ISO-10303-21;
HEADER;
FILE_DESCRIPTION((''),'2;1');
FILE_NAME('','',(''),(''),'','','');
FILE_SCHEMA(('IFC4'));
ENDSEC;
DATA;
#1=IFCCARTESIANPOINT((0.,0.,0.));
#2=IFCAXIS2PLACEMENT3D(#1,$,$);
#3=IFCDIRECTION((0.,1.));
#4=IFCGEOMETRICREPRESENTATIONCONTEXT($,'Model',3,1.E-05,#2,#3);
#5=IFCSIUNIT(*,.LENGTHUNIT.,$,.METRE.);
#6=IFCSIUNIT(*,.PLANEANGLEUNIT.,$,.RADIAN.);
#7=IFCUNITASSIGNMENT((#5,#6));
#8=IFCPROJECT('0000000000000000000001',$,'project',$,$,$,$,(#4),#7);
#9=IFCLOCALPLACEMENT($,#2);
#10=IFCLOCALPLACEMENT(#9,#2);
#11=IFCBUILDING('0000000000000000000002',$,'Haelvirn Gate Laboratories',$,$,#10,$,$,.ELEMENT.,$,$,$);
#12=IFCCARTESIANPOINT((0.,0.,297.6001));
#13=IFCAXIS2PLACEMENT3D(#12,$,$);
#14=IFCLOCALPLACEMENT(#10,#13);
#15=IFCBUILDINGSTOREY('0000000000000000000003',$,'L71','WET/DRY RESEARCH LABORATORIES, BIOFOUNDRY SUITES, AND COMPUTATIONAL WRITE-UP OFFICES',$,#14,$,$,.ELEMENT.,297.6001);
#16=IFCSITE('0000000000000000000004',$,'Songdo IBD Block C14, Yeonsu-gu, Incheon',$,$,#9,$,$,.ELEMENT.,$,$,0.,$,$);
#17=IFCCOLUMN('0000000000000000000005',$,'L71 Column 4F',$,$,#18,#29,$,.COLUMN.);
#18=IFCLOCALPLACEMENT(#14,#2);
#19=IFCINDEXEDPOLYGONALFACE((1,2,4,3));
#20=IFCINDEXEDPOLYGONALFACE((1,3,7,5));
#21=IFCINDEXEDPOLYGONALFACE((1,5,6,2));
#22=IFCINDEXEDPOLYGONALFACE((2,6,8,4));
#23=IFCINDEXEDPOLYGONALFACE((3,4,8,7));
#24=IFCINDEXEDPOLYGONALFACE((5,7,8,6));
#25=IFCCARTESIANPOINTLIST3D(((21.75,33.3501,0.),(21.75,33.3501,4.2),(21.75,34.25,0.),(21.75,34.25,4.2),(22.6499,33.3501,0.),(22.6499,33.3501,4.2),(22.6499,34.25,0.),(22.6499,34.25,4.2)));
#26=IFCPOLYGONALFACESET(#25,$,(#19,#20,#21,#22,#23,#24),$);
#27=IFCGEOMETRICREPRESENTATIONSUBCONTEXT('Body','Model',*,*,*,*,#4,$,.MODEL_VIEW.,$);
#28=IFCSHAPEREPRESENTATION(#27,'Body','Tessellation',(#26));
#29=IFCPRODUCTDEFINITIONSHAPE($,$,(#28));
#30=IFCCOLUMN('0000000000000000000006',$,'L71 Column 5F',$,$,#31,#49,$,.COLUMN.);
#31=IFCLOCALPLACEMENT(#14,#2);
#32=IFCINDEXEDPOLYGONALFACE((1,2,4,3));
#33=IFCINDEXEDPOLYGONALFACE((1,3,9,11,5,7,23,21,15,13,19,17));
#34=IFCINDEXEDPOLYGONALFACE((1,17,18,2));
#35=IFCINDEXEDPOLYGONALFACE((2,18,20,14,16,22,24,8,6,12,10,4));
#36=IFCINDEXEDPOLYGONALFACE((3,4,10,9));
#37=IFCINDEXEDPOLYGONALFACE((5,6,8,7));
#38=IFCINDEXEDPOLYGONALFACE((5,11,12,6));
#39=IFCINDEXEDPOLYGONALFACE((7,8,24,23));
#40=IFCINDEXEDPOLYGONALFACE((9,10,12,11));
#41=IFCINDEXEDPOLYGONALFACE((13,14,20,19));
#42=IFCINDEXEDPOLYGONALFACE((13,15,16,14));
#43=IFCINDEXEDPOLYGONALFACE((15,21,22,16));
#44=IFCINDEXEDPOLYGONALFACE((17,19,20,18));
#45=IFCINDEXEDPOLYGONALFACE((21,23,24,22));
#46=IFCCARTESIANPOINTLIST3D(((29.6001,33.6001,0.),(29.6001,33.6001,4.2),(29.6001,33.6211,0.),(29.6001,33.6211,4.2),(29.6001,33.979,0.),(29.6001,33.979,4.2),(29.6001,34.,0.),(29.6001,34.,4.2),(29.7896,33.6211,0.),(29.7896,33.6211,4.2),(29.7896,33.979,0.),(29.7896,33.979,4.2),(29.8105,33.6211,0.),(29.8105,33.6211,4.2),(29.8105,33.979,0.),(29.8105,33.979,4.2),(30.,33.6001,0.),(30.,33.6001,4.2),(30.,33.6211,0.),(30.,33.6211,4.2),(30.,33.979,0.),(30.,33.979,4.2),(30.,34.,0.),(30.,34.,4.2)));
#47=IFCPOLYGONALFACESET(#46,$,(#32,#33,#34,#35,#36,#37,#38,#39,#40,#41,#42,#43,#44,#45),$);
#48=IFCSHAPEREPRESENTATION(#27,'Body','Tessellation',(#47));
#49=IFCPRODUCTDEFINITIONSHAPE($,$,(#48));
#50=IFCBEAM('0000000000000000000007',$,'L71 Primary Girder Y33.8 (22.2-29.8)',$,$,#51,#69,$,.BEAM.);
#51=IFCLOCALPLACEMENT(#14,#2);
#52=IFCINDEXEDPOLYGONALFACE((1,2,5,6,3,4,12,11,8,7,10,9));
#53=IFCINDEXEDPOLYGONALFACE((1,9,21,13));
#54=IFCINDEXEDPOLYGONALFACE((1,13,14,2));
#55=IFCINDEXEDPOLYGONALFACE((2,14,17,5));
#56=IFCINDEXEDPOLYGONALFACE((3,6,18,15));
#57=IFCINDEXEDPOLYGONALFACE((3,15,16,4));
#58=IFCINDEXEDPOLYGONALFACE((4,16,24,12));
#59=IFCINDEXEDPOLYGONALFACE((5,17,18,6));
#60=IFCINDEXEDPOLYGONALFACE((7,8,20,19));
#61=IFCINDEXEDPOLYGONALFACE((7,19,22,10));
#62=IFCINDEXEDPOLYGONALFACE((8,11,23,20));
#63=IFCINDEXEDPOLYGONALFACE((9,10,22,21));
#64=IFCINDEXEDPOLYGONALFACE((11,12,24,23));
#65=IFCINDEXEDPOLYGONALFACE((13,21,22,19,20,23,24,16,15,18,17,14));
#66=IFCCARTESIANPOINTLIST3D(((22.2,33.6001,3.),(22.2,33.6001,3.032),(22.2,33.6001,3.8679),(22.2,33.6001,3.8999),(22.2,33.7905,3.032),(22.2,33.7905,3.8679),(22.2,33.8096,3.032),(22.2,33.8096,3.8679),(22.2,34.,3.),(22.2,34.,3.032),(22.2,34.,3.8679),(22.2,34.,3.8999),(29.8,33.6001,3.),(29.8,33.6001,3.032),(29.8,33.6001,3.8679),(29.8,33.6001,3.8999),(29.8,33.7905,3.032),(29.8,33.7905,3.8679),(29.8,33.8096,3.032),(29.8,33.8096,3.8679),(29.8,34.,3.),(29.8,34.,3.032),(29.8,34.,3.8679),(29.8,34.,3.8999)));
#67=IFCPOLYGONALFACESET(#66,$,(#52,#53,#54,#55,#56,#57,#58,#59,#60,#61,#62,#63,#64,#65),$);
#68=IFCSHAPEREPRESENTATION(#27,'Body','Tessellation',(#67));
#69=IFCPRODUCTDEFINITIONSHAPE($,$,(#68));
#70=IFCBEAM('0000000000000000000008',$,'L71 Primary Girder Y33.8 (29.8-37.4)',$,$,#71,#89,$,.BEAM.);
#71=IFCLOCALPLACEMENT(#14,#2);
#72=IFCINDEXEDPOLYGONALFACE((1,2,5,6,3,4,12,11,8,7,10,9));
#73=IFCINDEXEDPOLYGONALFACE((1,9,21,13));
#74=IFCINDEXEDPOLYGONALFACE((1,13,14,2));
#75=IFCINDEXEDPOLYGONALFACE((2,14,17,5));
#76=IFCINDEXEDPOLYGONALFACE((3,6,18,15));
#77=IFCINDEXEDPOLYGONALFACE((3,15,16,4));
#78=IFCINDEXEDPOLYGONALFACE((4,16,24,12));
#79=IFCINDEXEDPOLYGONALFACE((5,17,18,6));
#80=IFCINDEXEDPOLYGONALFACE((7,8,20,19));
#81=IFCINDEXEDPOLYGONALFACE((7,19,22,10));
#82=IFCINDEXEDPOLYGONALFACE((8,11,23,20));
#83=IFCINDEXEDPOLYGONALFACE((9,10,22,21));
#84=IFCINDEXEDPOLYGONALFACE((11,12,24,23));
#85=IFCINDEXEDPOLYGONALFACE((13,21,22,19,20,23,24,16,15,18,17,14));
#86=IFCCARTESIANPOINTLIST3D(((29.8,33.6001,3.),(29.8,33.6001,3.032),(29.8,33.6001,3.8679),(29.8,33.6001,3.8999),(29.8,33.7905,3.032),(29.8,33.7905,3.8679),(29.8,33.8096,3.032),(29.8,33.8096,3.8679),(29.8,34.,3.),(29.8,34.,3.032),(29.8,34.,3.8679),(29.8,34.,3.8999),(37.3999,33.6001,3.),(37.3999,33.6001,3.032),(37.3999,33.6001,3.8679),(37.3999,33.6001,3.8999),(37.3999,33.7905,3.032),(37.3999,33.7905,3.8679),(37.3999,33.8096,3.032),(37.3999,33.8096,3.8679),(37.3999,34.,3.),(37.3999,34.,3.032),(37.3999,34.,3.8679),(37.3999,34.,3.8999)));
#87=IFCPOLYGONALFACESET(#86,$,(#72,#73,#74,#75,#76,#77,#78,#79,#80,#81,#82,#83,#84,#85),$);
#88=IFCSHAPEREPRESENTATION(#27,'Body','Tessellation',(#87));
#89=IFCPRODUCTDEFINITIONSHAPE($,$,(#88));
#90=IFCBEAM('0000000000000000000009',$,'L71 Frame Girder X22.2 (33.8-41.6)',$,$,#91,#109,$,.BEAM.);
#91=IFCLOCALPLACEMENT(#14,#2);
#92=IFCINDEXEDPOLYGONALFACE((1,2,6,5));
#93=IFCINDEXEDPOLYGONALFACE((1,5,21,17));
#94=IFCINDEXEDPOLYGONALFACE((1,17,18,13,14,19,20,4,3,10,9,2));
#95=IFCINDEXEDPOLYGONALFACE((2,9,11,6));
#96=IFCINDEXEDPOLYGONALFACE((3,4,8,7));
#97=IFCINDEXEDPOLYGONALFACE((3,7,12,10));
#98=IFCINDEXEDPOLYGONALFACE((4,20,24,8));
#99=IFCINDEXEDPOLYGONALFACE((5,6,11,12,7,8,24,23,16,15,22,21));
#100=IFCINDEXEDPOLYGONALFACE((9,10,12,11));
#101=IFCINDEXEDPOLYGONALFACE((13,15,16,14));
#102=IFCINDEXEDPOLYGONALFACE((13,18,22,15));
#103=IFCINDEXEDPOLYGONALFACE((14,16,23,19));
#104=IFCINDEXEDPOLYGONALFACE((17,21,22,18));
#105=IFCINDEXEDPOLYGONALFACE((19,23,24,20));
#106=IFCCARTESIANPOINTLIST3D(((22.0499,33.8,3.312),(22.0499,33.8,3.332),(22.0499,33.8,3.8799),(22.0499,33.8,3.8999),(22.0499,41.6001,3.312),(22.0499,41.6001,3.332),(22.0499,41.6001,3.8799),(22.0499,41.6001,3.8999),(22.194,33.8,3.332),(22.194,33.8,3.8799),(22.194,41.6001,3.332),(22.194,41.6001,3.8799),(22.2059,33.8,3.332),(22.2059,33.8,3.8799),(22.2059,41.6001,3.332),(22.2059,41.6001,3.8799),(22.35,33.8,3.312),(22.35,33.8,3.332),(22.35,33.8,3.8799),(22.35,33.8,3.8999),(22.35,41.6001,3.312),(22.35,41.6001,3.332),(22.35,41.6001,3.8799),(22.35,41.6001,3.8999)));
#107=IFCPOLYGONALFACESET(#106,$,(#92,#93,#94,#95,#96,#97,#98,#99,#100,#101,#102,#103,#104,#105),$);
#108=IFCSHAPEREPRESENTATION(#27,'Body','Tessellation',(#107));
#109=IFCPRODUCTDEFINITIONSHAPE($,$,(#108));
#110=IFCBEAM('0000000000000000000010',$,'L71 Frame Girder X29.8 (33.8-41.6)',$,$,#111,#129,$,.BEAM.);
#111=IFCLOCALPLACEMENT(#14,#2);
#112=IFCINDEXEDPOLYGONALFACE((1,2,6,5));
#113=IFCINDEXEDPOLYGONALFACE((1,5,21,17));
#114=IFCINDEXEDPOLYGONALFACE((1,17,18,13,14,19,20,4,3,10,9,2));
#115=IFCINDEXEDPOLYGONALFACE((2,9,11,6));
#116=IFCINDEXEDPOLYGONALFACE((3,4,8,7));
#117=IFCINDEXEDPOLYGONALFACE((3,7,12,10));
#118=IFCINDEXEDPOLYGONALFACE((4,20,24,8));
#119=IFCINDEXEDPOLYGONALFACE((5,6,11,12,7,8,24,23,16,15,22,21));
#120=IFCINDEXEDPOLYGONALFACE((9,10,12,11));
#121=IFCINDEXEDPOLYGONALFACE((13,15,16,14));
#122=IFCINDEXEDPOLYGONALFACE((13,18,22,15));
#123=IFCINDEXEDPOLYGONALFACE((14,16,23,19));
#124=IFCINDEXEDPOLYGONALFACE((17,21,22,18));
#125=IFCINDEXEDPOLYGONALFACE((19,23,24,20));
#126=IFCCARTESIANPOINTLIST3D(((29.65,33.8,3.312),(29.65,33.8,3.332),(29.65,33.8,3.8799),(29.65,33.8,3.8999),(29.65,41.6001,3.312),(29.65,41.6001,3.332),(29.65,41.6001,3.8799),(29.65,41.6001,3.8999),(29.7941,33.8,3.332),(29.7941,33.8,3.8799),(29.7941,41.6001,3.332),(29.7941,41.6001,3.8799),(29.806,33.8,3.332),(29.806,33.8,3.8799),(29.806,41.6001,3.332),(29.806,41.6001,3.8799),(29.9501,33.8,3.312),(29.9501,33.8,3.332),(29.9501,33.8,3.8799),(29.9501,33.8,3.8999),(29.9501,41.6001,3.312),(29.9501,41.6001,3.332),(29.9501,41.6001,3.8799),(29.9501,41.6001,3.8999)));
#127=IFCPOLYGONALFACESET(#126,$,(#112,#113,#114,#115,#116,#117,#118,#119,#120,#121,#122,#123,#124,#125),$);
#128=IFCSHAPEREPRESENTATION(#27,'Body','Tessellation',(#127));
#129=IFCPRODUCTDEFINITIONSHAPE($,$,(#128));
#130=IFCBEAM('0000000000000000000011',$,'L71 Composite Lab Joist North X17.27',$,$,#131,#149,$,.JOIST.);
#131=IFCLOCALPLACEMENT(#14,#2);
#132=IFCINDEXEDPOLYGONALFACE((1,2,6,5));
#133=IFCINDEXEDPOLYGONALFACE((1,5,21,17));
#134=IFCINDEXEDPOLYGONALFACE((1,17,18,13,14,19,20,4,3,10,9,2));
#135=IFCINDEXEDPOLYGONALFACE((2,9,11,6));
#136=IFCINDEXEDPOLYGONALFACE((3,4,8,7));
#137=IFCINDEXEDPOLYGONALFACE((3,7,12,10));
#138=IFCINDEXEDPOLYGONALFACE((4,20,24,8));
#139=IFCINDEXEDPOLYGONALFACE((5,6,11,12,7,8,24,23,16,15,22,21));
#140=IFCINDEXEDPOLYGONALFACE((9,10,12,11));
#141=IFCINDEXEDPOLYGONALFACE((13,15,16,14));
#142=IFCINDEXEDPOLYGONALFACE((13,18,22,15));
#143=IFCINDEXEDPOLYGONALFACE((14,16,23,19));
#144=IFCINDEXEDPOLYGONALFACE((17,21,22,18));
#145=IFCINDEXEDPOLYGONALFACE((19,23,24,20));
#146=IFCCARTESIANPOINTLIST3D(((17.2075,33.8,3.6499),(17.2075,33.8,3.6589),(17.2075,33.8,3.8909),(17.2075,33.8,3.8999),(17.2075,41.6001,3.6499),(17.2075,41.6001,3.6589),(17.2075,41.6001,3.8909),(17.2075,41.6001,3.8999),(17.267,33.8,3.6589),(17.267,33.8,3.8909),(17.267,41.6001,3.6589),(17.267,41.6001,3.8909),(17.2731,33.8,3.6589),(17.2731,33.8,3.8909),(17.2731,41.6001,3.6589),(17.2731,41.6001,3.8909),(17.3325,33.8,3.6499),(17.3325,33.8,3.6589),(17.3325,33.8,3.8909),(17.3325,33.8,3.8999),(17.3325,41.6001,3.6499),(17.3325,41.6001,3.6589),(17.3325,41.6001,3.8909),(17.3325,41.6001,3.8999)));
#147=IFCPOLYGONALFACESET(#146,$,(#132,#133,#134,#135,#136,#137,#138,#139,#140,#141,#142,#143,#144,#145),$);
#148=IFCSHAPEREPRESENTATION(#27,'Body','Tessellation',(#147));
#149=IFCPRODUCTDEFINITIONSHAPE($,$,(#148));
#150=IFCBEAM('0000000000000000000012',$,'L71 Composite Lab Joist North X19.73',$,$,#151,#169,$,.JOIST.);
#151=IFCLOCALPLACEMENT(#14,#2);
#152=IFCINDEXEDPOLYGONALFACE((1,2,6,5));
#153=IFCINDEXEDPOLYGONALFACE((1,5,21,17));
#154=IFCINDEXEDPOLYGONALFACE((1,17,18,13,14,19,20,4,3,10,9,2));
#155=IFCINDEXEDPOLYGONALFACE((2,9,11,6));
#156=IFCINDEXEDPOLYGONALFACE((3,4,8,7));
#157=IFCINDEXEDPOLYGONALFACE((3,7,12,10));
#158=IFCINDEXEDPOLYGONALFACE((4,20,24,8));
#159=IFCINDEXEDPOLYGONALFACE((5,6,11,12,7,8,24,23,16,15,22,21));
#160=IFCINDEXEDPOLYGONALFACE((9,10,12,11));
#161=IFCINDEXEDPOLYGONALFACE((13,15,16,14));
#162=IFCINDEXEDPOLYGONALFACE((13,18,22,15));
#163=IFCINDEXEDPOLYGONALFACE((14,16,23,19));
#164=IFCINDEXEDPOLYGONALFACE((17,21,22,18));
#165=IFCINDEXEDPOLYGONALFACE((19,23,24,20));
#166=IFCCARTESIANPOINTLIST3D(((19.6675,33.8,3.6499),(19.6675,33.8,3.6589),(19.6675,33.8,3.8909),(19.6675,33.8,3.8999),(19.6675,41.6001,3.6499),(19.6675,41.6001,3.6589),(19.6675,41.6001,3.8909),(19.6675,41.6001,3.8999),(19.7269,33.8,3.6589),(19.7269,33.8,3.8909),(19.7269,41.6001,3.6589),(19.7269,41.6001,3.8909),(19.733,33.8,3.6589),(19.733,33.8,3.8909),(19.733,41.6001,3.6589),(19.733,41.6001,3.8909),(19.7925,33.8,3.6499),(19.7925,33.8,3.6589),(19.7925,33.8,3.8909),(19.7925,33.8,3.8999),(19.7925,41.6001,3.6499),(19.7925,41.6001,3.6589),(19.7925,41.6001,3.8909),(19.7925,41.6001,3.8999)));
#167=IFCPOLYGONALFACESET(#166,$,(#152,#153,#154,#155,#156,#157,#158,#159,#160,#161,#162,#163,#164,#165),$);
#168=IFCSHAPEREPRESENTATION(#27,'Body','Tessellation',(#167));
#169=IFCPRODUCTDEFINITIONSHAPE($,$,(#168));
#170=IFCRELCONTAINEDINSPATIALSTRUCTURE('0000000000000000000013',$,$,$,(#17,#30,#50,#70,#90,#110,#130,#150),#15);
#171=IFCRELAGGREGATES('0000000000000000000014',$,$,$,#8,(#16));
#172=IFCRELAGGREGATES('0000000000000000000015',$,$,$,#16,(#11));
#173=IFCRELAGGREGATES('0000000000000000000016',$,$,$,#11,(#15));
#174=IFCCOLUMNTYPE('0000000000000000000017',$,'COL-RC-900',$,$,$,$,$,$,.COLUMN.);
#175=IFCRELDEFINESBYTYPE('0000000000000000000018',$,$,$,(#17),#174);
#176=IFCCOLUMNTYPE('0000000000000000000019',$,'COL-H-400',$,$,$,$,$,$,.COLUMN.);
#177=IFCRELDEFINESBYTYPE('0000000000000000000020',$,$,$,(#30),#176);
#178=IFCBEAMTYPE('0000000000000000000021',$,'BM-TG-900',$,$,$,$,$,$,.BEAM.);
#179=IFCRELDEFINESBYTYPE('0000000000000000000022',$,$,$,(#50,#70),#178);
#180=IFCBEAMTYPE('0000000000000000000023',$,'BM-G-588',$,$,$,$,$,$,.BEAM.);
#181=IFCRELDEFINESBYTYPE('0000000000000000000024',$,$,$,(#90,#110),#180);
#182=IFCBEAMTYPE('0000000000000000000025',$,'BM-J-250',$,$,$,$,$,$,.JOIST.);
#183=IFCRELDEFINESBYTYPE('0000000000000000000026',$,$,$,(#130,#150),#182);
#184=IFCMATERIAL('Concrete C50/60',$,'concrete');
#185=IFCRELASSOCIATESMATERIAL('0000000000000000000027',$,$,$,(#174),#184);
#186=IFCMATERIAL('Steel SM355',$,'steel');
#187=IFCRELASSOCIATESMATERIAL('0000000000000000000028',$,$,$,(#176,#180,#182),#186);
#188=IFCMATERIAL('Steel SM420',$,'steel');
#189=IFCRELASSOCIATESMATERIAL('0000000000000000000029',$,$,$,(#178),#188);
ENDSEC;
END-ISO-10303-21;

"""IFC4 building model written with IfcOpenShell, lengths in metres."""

from ifc_helpers import new_model, si_unit, direction, frame, origin, origin_2d, place, context, subcontext, project, spatial, rectangle, i_section, extrude, source, transform, mapped, material, material_profile, profile_set, type_object, type_shapes, element, save


model = new_model("IFC4")

# Units and contexts
model_context = context("Model", 3, precision=1e-05, world=origin(), true_north=direction((0.0, 1.0)))
body_context = subcontext(model_context, "Body", "Model", "MODEL_VIEW")
ifc_project = project(units=[si_unit("LENGTHUNIT", "METRE"), si_unit("PLANEANGLEUNIT", "RADIAN")], contexts=[model_context])

# Site, building, storey
site_placement = place(None, origin())
site = spatial("IfcSite", under=ifc_project, at=site_placement, Name="Songdo IBD Block C14, Yeonsu-gu, Incheon", CompositionType="ELEMENT", RefElevation=0.0)
building_placement = place(site_placement, origin())
building = spatial("IfcBuilding", under=site, at=building_placement, Name="Haelvirn Gate Laboratories", CompositionType="ELEMENT")
storey_placement = place(building_placement, frame((0.0, 0.0, 297.6001)))
storey = spatial("IfcBuildingStorey", under=building, at=storey_placement, Name="L71", Description="WET/DRY RESEARCH LABORATORIES, BIOFOUNDRY SUITES, AND COMPUTATIONAL WRITE-UP OFFICES", CompositionType="ELEMENT", Elevation=297.6001)

# Columns
ifc_material_1 = material(Name="Concrete C50/60", Category="concrete")
ifc_material_profile_1 = material_profile(ifc_material_1, rectangle(XDim=0.8999, YDim=0.8999, at=origin_2d()), Name="RC-900x900")
ifc_profile_set_1 = profile_set([ifc_material_profile_1], Name="Concrete C50/60")
column_type_1 = type_object("IfcColumnType", Name="COL-RC-900", PredefinedType="COLUMN", material=ifc_profile_set_1)
shared_shape_1 = source(origin(), body_context, "Body", "SweptSolid", [
    extrude(rectangle(XDim=0.8999, YDim=0.8999, at=origin_2d()), origin(), (0.0, 0.0, 1.0), 4.2),
])
type_shapes(column_type_1, [shared_shape_1])
column_1_placement = place(storey_placement, frame((22.2, 33.8, 0.0), z_axis=(0.0, 0.0, 1.0), x_axis=(1.0, 0.0, 0.0)))
element("IfcColumn", 1, at=column_1_placement, inside=storey, type_object=column_type_1, Name="L71 Column 4F", PredefinedType="COLUMN", context=body_context, shape_type="MappedRepresentation", body=[
    mapped(shared_shape_1, transform((0.0, 0.0, 0.0), scale=1.0)),
])
ifc_material_2 = material(Name="Steel SM355", Category="steel")
ifc_material_profile_2 = material_profile(ifc_material_2, i_section(OverallWidth=0.3999, OverallDepth=0.3999, WebThickness=0.021, FlangeThickness=0.021, at=origin_2d()), Name="H-400x400x21x21")
ifc_profile_set_2 = profile_set([ifc_material_profile_2], Name="Steel SM355")
column_type_2 = type_object("IfcColumnType", Name="COL-H-400", PredefinedType="COLUMN", material=ifc_profile_set_2)
shared_shape_2 = source(origin(), body_context, "Body", "SweptSolid", [
    extrude(i_section(OverallWidth=0.3999, OverallDepth=0.3999, WebThickness=0.021, FlangeThickness=0.021, at=origin_2d()), origin(), (0.0, 0.0, 1.0), 4.2),
])
type_shapes(column_type_2, [shared_shape_2])
column_2_placement = place(storey_placement, frame((29.8, 33.8, 0.0), z_axis=(0.0, 0.0, 1.0), x_axis=(1.0, 0.0, 0.0)))
element("IfcColumn", 2, at=column_2_placement, inside=storey, type_object=column_type_2, Name="L71 Column 5F", PredefinedType="COLUMN", context=body_context, shape_type="MappedRepresentation", body=[
    mapped(shared_shape_2, transform((0.0, 0.0, 0.0), scale=1.0)),
])

# Beams
ifc_material_3 = material(Name="Steel SM420", Category="steel")
ifc_material_profile_3 = material_profile(ifc_material_3, i_section(OverallWidth=0.3999, OverallDepth=0.8999, WebThickness=0.019, FlangeThickness=0.032, at=origin_2d()), Name="H-900x400x19x32")
ifc_profile_set_3 = profile_set([ifc_material_profile_3], Name="Steel SM420")
beam_type_1 = type_object("IfcBeamType", Name="BM-TG-900", PredefinedType="BEAM", material=ifc_profile_set_3)
shared_shape_3 = source(origin(), body_context, "Body", "SweptSolid", [
    extrude(i_section(OverallWidth=0.3999, OverallDepth=0.8999, WebThickness=0.019, FlangeThickness=0.032, at=origin_2d()), origin(), (0.0, 0.0, 1.0), 7.6001),
])
beam_1_placement = place(storey_placement, frame((22.2, 33.8, 3.45), z_axis=(1.0, 0.0, 0.0), x_axis=(0.0, 1.0, 0.0)))
element("IfcBeam", 3, at=beam_1_placement, inside=storey, type_object=beam_type_1, Name="L71 Primary Girder Y33.8 (22.2-29.8)", PredefinedType="BEAM", context=body_context, shape_type="MappedRepresentation", body=[
    mapped(shared_shape_3, transform((0.0, 0.0, 0.0), scale=1.0)),
])
shared_shape_4 = source(origin(), body_context, "Body", "SweptSolid", [
    extrude(i_section(OverallWidth=0.3999, OverallDepth=0.8999, WebThickness=0.019, FlangeThickness=0.032, at=origin_2d()), origin(), (0.0, 0.0, 1.0), 7.5999),
])
type_shapes(beam_type_1, [shared_shape_3, shared_shape_4])
beam_2_placement = place(storey_placement, frame((29.8, 33.8, 3.45), z_axis=(1.0, 0.0, 0.0), x_axis=(0.0, 1.0, 0.0)))
element("IfcBeam", 4, at=beam_2_placement, inside=storey, type_object=beam_type_1, Name="L71 Primary Girder Y33.8 (29.8-37.4)", PredefinedType="BEAM", context=body_context, shape_type="MappedRepresentation", body=[
    mapped(shared_shape_4, transform((0.0, 0.0, 0.0), scale=1.0)),
])
ifc_material_profile_4 = material_profile(ifc_material_2, i_section(OverallWidth=0.3, OverallDepth=0.5879, WebThickness=0.012, FlangeThickness=0.02, at=origin_2d()), Name="H-588x300x12x20")
ifc_profile_set_4 = profile_set([ifc_material_profile_4], Name="Steel SM355")
beam_type_2 = type_object("IfcBeamType", Name="BM-G-588", PredefinedType="BEAM", material=ifc_profile_set_4)
shared_shape_5 = source(origin(), body_context, "Body", "SweptSolid", [
    extrude(i_section(OverallWidth=0.3, OverallDepth=0.5879, WebThickness=0.012, FlangeThickness=0.02, at=origin_2d()), origin(), (0.0, 0.0, 1.0), 7.8),
])
type_shapes(beam_type_2, [shared_shape_5])
for number, where, z_axis, x_axis, name in (
    (5, (22.2, 33.8, 3.606), (0.0, 1.0, 0.0), (-1.0, 0.0, 0.0), "L71 Frame Girder X22.2 (33.8-41.6)"),
    (6, (29.8, 33.8, 3.606), (0.0, 1.0, 0.0), (-1.0, 0.0, 0.0), "L71 Frame Girder X29.8 (33.8-41.6)"),
):
    element("IfcBeam", number, at=place(storey_placement, frame(where, z_axis=z_axis, x_axis=x_axis)), inside=storey, type_object=beam_type_2, Name=name, PredefinedType="BEAM", context=body_context, shape_type="MappedRepresentation", body=[
        mapped(shared_shape_5, transform((0.0, 0.0, 0.0), scale=1.0)),
    ])
ifc_material_profile_5 = material_profile(ifc_material_2, i_section(OverallWidth=0.125, OverallDepth=0.25, WebThickness=0.0061, FlangeThickness=0.009, at=origin_2d()), Name="H-250x125x6x9")
ifc_profile_set_5 = profile_set([ifc_material_profile_5], Name="Steel SM355")
beam_type_3 = type_object("IfcBeamType", Name="BM-J-250", PredefinedType="JOIST", material=ifc_profile_set_5)
shared_shape_6 = source(origin(), body_context, "Body", "SweptSolid", [
    extrude(i_section(OverallWidth=0.125, OverallDepth=0.25, WebThickness=0.0061, FlangeThickness=0.009, at=origin_2d()), origin(), (0.0, 0.0, 1.0), 7.8),
])
type_shapes(beam_type_3, [shared_shape_6])
for number, where, z_axis, x_axis, name in (
    (7, (17.27, 33.8, 3.7749), (0.0, 1.0, 0.0), (-1.0, 0.0, 0.0), "L71 Composite Lab Joist North X17.27"),
    (8, (19.73, 33.8, 3.7749), (0.0, 1.0, 0.0), (-1.0, 0.0, 0.0), "L71 Composite Lab Joist North X19.73"),
):
    element("IfcBeam", number, at=place(storey_placement, frame(where, z_axis=z_axis, x_axis=x_axis)), inside=storey, type_object=beam_type_3, Name=name, PredefinedType="JOIST", context=body_context, shape_type="MappedRepresentation", body=[
        mapped(shared_shape_6, transform((0.0, 0.0, 0.0), scale=1.0)),
    ])

save(model, "model.ifc")
